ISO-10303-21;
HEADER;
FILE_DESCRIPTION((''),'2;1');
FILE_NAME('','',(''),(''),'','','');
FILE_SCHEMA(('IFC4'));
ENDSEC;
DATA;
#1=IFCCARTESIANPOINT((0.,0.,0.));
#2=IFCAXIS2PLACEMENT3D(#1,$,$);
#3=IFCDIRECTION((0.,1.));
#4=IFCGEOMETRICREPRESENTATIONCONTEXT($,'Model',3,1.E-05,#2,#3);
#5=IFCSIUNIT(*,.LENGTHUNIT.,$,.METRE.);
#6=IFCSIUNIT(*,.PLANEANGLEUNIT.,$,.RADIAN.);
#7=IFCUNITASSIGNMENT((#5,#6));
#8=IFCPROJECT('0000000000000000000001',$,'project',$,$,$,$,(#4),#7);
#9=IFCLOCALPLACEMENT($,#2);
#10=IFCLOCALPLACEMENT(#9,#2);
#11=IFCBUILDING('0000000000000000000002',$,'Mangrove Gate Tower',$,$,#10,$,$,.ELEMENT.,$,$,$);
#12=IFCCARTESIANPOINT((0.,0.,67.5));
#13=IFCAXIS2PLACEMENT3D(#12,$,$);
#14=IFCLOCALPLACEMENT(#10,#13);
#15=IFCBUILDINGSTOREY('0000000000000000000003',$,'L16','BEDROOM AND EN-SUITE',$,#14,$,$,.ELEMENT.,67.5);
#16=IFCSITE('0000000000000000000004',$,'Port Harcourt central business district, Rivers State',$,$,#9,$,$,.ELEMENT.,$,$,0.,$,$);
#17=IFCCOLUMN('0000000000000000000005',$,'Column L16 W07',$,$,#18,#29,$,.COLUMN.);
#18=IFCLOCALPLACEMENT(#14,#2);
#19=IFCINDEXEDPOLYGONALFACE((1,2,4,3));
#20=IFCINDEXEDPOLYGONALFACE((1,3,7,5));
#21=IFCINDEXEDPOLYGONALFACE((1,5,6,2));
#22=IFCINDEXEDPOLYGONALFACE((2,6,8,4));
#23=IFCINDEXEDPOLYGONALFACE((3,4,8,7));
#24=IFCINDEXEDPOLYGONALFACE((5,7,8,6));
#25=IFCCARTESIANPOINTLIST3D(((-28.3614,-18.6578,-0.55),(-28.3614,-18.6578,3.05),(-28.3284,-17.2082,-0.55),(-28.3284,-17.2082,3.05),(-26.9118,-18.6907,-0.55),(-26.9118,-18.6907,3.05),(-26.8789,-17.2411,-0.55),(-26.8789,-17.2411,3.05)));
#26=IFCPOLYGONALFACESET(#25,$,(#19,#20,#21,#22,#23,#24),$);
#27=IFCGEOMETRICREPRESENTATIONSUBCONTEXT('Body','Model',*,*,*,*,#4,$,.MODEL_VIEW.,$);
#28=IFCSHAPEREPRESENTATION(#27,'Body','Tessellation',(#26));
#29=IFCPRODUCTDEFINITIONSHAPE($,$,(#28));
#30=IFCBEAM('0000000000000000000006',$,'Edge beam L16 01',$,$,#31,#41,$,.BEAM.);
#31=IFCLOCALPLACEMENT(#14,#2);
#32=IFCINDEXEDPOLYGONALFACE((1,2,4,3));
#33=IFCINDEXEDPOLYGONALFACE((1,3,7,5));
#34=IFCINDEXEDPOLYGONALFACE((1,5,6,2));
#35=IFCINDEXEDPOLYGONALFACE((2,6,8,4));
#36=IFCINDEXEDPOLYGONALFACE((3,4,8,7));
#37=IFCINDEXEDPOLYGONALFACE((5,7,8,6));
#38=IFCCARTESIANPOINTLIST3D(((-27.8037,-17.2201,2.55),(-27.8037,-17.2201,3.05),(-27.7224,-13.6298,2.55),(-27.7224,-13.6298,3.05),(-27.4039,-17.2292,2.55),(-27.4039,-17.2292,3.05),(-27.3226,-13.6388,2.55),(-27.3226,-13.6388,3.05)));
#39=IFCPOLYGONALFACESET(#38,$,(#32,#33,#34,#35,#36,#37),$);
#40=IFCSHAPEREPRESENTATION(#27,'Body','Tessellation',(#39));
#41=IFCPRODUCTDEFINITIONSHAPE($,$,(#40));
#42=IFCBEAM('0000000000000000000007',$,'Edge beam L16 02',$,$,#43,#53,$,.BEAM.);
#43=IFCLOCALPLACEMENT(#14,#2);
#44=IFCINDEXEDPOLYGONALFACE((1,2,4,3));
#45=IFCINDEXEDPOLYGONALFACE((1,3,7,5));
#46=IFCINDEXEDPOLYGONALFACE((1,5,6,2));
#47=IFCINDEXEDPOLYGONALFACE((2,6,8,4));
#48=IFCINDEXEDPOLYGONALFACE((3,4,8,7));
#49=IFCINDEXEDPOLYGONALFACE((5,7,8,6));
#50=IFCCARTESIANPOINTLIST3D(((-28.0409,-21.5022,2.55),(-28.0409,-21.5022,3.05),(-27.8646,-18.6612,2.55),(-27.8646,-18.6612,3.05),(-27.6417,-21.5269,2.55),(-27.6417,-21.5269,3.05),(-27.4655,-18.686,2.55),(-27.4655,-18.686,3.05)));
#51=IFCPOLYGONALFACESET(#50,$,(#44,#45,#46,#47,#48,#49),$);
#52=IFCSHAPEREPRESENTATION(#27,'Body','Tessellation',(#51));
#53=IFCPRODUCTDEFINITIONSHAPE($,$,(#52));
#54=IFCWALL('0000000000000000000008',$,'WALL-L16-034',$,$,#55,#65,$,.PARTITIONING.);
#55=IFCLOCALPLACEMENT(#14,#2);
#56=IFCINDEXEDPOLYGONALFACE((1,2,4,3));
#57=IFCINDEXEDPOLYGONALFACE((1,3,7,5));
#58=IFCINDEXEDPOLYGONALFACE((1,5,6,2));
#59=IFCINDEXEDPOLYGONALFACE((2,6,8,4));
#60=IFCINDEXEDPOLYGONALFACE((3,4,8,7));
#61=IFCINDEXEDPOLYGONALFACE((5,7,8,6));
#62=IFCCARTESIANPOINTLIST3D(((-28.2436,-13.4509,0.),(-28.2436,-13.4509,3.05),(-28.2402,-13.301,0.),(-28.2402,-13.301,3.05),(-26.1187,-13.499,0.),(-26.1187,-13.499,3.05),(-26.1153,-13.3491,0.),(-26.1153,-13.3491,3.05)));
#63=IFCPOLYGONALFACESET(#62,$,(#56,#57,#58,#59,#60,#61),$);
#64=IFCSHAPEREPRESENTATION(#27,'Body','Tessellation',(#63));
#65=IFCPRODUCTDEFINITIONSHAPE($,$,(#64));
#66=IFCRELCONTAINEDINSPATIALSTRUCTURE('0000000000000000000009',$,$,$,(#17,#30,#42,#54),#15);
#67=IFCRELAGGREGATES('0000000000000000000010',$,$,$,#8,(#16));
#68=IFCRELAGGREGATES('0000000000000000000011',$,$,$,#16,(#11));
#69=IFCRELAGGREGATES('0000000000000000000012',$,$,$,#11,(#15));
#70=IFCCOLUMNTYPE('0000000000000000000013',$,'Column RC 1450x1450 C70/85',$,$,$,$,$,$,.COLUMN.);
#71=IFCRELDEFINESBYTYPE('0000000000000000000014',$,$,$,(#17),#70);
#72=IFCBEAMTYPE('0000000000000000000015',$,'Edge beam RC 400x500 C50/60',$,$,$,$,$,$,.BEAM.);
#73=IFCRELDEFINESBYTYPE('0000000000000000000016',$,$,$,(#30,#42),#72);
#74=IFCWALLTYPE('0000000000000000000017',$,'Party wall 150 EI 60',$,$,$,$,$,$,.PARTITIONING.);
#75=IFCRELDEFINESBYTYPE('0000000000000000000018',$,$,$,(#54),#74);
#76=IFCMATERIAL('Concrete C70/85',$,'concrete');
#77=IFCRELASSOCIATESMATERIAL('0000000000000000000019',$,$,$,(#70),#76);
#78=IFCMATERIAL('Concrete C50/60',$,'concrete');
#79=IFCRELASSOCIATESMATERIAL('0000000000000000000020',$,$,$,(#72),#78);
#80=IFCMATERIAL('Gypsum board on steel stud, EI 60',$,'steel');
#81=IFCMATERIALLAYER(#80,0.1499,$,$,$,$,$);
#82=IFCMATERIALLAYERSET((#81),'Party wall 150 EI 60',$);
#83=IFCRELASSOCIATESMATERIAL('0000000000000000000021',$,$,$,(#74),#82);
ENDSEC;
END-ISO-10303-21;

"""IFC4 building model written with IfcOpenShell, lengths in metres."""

from ifc_helpers import new_model, si_unit, direction, frame, frame_2d, origin, origin_2d, place, context, subcontext, project, spatial, rectangle, extrude, material, layer, layer_set, material_profile, profile_set, type_object, element, save


model = new_model("IFC4")

# Units and contexts
model_context = context("Model", 3, precision=1e-05, world=origin(), true_north=direction((0.0, 1.0)))
body_context = subcontext(model_context, "Body", "Model", "MODEL_VIEW")
ifc_project = project(units=[si_unit("LENGTHUNIT", "METRE"), si_unit("PLANEANGLEUNIT", "RADIAN")], contexts=[model_context])

# Site, building, storey
site_placement = place(None, origin())
site = spatial("IfcSite", under=ifc_project, at=site_placement, Name="Port Harcourt central business district, Rivers State", CompositionType="ELEMENT", RefElevation=0.0)
building_placement = place(site_placement, origin())
building = spatial("IfcBuilding", under=site, at=building_placement, Name="Mangrove Gate Tower", CompositionType="ELEMENT")
storey_placement = place(building_placement, frame((0.0, 0.0, 67.5)))
storey = spatial("IfcBuildingStorey", under=building, at=storey_placement, Name="L16", Description="BEDROOM AND EN-SUITE", CompositionType="ELEMENT", Elevation=67.5)

# Column
ifc_material_1 = material(Name="Concrete C70/85", Category="concrete")
ifc_material_profile_1 = material_profile(ifc_material_1, rectangle(XDim=1.45, YDim=1.45, at=origin_2d()))
ifc_profile_set_1 = profile_set([ifc_material_profile_1], Name="Concrete C70/85")
column_type = type_object("IfcColumnType", Name="Column RC 1450x1450 C70/85", PredefinedType="COLUMN", material=ifc_profile_set_1)
column_placement = place(storey_placement, frame((-27.6201, -17.9495, -0.55), z_axis=(0.0, 0.0, 1.0), x_axis=(-0.02271, -0.999742, 0.0)))
element("IfcColumn", 1, at=column_placement, inside=storey, type_object=column_type, Name="Column L16 W07", PredefinedType="COLUMN", context=body_context, shape_type="SweptSolid", body=[
    extrude(rectangle(XDim=1.45, YDim=1.45, at=origin_2d()), origin(), (0.0, 0.0, 1.0), 3.6001),
])

# Beams
ifc_material_2 = material(Name="Concrete C50/60", Category="concrete")
ifc_material_profile_2 = material_profile(ifc_material_2, rectangle(XDim=0.3999, YDim=0.5, at=origin_2d()))
ifc_profile_set_2 = profile_set([ifc_material_profile_2], Name="Concrete C50/60")
beam_type = type_object("IfcBeamType", Name="Edge beam RC 400x500 C50/60", PredefinedType="BEAM", material=ifc_profile_set_2)
beam_1_placement = place(storey_placement, frame((-27.5225, -13.6343, 2.8), z_axis=(-0.022638, -0.999744, 0.0), x_axis=(0.999744, -0.022638, 0.0)))
element("IfcBeam", 2, at=beam_1_placement, inside=storey, type_object=beam_type, Name="Edge beam L16 01", PredefinedType="BEAM", context=body_context, shape_type="SweptSolid", body=[
    extrude(rectangle(XDim=0.3999, YDim=0.5, at=origin_2d()), origin(), (0.0, 0.0, 1.0), 3.5913),
])
beam_2_placement = place(storey_placement, frame((-27.665, -18.6736, 2.8), z_axis=(-0.061924, -0.998081, 0.0), x_axis=(0.998081, -0.061924, 0.0)))
element("IfcBeam", 3, at=beam_2_placement, inside=storey, type_object=beam_type, Name="Edge beam L16 02", PredefinedType="BEAM", context=body_context, shape_type="SweptSolid", body=[
    extrude(rectangle(XDim=0.3999, YDim=0.5, at=origin_2d()), origin(), (0.0, 0.0, 1.0), 2.8464),
])

# Wall
ifc_material_3 = material(Name="Gypsum board on steel stud, EI 60", Category="steel")
ifc_layer = layer(ifc_material_3, 0.1499)
ifc_layer_set = layer_set([ifc_layer], Name="Party wall 150 EI 60")
wall_type = type_object("IfcWallType", Name="Party wall 150 EI 60", PredefinedType="PARTITIONING", material=ifc_layer_set)
wall_placement = place(storey_placement, frame((-28.2419, -13.376, 0.0), z_axis=(0.0, 0.0, 1.0), x_axis=(0.999744, -0.022627, 0.0)))
element("IfcWall", 4, at=wall_placement, inside=storey, type_object=wall_type, Name="WALL-L16-034", PredefinedType="PARTITIONING", context=body_context, shape_type="SweptSolid", body=[
    extrude(rectangle(XDim=2.1255, YDim=0.1499, at=frame_2d((1.0627, 0.0))), origin(), (0.0, 0.0, 1.0), 3.05),
])

save(model, "model.ifc")
